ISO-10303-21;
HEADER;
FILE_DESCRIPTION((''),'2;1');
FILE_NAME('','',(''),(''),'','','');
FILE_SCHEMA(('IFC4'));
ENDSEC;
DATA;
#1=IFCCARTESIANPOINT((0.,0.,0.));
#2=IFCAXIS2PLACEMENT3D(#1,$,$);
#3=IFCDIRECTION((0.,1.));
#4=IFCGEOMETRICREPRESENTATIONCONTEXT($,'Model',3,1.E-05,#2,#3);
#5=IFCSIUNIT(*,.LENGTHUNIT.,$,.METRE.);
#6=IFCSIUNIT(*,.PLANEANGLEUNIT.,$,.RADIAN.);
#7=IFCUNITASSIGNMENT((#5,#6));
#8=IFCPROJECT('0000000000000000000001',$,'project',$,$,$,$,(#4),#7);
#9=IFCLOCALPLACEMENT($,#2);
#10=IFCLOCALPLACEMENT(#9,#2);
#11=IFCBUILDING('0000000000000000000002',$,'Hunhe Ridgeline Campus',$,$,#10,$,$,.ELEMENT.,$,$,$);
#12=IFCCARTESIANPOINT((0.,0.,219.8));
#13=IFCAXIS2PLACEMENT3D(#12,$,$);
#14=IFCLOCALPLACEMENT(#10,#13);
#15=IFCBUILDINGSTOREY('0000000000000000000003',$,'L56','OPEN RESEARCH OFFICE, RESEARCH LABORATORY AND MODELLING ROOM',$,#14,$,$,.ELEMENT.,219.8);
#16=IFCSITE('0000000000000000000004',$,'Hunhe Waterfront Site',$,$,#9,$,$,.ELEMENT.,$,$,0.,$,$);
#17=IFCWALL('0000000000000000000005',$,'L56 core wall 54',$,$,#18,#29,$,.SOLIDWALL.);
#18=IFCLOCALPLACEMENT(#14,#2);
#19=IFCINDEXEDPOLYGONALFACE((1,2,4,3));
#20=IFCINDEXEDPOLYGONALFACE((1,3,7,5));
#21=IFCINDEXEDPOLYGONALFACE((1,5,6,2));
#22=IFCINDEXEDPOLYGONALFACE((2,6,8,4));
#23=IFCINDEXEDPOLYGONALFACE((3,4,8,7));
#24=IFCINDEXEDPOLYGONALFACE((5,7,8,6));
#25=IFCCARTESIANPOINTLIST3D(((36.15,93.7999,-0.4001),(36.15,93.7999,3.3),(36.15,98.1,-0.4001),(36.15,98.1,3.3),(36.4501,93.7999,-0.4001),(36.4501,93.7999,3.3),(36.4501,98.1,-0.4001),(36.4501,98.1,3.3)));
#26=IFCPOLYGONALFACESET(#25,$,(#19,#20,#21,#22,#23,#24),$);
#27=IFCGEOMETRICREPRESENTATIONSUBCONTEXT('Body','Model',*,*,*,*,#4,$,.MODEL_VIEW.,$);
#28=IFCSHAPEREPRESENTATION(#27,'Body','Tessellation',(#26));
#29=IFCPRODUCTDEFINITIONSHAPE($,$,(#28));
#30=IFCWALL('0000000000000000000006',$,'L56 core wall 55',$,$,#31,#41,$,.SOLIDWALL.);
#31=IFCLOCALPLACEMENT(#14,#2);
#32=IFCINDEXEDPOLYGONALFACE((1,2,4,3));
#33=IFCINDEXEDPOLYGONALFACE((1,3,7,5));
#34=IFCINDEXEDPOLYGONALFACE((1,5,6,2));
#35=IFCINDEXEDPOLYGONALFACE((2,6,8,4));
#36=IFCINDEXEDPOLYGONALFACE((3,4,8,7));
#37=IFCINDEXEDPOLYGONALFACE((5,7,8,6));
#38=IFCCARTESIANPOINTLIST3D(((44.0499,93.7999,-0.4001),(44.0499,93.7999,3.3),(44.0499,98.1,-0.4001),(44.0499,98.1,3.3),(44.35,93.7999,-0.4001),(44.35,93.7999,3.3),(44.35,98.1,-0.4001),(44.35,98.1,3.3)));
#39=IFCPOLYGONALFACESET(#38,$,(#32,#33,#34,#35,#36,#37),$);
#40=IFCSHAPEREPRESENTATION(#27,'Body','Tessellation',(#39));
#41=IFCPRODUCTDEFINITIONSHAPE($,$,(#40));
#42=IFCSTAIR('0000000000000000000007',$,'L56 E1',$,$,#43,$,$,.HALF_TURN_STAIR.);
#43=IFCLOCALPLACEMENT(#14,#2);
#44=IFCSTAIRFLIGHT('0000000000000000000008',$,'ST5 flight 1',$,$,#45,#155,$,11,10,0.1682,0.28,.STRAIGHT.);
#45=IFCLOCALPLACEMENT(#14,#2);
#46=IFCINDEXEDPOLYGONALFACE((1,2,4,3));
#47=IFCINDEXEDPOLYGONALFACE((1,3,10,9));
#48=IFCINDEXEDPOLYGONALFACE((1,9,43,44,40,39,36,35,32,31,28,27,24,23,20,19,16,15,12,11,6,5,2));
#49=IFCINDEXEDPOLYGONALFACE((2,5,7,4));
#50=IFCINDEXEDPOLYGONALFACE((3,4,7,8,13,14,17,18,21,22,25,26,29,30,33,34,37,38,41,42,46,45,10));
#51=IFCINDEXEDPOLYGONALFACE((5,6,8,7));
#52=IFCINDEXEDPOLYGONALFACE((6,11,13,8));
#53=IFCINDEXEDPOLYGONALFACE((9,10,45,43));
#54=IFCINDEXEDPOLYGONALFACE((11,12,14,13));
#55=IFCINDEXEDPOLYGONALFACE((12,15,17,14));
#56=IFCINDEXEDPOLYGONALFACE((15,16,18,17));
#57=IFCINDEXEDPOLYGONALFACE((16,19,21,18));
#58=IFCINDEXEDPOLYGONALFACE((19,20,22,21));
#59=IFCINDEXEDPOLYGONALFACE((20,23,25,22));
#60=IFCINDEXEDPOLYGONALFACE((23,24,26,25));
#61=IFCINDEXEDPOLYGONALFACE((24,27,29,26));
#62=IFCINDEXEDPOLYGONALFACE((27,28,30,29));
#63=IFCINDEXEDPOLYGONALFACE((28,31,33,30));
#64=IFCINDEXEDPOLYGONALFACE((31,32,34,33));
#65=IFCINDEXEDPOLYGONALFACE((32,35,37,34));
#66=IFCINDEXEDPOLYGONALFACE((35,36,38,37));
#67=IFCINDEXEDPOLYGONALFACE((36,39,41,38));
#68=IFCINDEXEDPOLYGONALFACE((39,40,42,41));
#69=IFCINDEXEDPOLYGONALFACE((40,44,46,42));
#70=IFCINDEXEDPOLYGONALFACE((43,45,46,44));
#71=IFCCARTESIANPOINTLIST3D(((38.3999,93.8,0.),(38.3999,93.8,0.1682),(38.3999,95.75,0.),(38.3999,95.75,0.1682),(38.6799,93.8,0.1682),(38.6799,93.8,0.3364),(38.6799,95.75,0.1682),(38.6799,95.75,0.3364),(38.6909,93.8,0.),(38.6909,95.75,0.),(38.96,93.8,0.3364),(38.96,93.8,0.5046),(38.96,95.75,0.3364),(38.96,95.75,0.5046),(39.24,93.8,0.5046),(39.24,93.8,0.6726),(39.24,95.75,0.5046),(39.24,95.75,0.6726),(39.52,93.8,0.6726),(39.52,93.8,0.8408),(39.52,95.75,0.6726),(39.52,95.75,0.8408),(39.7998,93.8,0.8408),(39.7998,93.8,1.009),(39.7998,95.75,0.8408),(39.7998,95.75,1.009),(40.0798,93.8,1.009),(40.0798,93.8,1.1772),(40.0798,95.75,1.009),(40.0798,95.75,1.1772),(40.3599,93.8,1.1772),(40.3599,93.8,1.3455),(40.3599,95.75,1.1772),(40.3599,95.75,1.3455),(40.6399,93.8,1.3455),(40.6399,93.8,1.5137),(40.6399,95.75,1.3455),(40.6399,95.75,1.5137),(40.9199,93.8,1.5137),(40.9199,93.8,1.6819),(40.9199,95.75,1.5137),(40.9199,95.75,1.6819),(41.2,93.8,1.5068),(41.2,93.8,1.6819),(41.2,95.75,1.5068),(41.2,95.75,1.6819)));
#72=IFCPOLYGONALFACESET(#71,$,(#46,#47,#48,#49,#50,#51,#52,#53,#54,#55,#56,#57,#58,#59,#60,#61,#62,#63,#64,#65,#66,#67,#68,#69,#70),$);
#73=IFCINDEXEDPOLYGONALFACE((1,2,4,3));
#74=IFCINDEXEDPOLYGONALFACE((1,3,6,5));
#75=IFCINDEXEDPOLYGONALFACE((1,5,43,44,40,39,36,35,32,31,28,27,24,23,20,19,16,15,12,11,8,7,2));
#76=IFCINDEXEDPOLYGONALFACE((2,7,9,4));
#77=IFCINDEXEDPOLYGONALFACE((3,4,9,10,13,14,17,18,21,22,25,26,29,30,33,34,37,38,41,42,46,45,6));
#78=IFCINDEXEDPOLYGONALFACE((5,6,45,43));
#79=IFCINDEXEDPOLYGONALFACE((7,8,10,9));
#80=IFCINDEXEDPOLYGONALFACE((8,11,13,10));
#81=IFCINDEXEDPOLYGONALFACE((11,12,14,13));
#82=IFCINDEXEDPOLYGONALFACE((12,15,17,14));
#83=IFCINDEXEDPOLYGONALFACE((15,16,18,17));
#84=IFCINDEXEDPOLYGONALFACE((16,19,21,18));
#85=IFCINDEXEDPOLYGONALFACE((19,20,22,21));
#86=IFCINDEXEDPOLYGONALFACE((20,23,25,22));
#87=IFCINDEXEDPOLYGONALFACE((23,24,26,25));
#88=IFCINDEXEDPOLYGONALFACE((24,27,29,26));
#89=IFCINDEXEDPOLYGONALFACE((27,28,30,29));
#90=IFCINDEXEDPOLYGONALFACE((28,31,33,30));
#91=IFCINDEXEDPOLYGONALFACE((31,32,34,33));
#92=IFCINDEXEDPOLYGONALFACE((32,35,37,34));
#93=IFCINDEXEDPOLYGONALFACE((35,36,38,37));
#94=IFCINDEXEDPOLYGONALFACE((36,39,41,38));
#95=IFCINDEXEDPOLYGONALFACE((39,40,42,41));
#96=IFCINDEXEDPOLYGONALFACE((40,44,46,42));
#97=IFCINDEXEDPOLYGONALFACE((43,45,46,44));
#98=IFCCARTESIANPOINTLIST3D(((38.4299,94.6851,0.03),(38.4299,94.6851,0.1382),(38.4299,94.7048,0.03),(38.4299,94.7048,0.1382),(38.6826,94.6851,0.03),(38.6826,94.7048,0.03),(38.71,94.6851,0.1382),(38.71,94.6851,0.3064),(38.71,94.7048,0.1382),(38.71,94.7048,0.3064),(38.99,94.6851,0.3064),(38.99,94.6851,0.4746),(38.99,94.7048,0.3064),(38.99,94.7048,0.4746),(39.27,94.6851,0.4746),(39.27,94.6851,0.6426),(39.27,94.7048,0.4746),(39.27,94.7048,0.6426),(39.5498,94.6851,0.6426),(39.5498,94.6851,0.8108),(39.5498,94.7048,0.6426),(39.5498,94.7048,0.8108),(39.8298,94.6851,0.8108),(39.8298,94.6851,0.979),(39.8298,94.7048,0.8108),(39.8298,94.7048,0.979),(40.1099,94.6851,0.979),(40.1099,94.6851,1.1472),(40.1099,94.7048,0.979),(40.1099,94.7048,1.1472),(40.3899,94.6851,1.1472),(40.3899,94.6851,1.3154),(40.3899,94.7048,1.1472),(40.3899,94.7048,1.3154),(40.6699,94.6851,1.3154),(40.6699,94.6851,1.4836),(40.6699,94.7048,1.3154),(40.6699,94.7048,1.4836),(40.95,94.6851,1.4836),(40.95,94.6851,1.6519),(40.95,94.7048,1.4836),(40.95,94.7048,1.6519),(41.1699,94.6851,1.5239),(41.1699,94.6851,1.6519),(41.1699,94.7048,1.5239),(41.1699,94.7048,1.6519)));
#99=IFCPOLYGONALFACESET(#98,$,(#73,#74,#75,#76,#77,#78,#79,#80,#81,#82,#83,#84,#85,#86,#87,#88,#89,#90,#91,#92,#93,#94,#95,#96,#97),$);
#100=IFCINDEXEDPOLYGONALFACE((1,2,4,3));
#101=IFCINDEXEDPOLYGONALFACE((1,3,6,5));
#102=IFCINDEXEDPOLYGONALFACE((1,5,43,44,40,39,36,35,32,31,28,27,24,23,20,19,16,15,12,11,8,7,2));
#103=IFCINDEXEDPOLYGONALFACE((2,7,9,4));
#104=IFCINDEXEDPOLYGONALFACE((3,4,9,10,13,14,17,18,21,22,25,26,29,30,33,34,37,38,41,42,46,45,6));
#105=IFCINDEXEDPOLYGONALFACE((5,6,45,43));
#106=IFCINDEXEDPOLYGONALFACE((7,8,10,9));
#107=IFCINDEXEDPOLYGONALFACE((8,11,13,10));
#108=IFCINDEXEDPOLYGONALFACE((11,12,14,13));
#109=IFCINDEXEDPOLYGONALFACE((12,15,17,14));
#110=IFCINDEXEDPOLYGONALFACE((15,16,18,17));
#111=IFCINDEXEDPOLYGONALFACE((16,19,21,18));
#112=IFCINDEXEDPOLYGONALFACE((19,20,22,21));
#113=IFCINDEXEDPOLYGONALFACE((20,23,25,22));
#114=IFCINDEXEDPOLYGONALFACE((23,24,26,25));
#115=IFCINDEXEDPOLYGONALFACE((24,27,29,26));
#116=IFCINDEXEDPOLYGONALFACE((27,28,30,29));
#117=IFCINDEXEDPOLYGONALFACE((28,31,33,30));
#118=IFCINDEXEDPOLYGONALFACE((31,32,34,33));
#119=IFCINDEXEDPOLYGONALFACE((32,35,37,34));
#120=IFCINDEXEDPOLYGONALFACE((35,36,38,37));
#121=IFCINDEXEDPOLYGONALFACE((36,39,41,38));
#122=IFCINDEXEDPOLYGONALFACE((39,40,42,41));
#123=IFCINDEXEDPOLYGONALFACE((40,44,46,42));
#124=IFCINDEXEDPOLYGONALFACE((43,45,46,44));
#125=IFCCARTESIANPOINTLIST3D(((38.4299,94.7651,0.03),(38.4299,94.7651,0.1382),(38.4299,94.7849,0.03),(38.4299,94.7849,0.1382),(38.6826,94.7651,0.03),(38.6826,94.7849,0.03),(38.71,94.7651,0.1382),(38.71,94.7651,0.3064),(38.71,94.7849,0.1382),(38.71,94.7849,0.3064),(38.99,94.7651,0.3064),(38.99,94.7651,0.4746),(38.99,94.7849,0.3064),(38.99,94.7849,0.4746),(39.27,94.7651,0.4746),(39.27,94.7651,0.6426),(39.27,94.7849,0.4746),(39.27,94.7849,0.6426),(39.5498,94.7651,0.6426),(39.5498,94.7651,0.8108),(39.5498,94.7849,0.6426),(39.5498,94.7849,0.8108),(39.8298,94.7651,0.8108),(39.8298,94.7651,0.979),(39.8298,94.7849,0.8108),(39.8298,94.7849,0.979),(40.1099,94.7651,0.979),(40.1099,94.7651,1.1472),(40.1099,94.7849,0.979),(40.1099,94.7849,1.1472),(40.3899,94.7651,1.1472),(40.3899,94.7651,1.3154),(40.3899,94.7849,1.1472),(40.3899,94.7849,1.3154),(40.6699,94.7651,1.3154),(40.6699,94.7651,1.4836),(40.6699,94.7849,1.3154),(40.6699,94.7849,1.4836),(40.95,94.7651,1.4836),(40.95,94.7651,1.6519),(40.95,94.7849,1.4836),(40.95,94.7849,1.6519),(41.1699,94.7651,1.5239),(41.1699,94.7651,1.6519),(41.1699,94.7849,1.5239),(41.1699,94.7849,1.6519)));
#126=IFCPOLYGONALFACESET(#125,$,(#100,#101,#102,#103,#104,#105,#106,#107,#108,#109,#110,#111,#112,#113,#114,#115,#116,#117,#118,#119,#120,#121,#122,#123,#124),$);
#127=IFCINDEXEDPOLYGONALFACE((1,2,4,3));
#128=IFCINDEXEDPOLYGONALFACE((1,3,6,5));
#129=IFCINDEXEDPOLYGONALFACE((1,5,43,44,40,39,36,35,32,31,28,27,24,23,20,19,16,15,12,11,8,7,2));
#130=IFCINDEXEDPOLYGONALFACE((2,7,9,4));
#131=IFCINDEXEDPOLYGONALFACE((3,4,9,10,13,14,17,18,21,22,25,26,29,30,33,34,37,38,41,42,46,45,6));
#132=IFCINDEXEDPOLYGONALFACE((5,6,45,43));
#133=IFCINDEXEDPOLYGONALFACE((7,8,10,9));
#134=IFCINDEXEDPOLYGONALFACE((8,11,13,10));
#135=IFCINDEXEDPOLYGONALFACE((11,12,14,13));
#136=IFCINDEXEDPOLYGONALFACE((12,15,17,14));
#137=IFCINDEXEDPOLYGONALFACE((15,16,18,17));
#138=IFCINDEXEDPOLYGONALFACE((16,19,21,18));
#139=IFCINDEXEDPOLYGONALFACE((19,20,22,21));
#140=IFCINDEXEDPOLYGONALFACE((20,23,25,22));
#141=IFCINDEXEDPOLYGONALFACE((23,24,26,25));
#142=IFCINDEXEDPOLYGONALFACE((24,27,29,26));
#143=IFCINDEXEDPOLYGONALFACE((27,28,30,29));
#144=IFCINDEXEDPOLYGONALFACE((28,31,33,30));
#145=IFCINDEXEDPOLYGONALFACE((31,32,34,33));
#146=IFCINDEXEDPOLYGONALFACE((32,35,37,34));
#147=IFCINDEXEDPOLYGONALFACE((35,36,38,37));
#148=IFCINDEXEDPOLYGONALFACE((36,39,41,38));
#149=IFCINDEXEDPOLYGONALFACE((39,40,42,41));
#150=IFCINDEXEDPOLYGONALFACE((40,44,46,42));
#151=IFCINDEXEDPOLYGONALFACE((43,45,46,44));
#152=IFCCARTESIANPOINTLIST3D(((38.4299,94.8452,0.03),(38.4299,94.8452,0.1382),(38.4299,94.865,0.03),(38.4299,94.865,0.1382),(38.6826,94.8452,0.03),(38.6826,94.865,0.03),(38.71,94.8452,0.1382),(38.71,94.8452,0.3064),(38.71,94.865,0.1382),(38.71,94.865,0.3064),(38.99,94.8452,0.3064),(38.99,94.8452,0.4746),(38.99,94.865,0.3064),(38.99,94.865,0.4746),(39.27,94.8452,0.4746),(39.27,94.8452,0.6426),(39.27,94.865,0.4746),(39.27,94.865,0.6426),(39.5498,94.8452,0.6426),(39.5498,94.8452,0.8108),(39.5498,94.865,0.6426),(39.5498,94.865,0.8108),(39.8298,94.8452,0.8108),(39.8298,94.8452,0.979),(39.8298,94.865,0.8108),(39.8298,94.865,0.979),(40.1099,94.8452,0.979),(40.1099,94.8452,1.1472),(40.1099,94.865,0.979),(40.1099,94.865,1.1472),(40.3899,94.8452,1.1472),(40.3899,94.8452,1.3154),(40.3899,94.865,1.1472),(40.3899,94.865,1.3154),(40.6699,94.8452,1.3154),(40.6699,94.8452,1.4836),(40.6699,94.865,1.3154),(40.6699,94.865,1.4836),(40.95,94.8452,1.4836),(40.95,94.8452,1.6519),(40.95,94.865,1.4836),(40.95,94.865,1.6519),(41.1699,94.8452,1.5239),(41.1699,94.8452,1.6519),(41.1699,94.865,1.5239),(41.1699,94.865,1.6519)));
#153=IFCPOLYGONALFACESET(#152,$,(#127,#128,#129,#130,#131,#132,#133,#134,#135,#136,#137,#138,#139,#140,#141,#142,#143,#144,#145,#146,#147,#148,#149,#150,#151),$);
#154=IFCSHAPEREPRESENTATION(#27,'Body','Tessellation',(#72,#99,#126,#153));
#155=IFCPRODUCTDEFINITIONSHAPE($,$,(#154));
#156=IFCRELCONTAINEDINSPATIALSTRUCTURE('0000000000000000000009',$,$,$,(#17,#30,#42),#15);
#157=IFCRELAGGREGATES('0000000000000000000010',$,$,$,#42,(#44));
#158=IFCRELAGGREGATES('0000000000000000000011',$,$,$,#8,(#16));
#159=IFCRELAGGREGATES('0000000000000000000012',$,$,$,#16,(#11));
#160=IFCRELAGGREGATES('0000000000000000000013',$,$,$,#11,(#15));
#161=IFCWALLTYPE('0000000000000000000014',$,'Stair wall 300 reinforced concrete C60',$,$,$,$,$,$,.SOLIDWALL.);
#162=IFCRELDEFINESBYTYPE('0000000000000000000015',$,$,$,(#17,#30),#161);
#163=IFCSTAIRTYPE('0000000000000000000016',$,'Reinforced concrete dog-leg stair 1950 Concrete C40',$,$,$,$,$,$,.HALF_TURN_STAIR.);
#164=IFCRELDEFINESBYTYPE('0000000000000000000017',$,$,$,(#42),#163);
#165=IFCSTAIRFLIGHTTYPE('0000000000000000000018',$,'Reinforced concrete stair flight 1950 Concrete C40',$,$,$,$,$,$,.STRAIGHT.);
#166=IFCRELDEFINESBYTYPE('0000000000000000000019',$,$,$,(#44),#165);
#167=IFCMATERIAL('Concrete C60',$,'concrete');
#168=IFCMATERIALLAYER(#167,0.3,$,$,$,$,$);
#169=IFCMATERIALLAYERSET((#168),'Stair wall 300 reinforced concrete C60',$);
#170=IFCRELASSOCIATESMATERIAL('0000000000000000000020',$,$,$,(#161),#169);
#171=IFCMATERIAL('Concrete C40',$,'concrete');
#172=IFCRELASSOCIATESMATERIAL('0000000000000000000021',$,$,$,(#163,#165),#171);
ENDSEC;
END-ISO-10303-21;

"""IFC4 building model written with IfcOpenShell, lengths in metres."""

from ifc_helpers import new_model, si_unit, direction, frame, frame_2d, origin, place, context, subcontext, project, spatial, polyline, rectangle, outline, extrude, material, layer, layer_set, type_object, element, aggregate, save


model = new_model("IFC4")

# Units and contexts
model_context = context("Model", 3, precision=1e-05, world=origin(), true_north=direction((0.0, 1.0)))
body_context = subcontext(model_context, "Body", "Model", "MODEL_VIEW")
ifc_project = project(units=[si_unit("LENGTHUNIT", "METRE"), si_unit("PLANEANGLEUNIT", "RADIAN")], contexts=[model_context])

# Site, building, storey
site_placement = place(None, origin())
site = spatial("IfcSite", under=ifc_project, at=site_placement, Name="Hunhe Waterfront Site", CompositionType="ELEMENT", RefElevation=0.0)
building_placement = place(site_placement, origin())
building = spatial("IfcBuilding", under=site, at=building_placement, Name="Hunhe Ridgeline Campus", CompositionType="ELEMENT")
storey_placement = place(building_placement, frame((0.0, 0.0, 219.8)))
storey = spatial("IfcBuildingStorey", under=building, at=storey_placement, Name="L56", Description="OPEN RESEARCH OFFICE, RESEARCH LABORATORY AND MODELLING ROOM", CompositionType="ELEMENT", Elevation=219.8)

# Shared definitions
ifc_material_1 = material(Name="Concrete C60", Category="concrete")

# Shared definitions
ifc_layer_1 = layer(ifc_material_1, 0.3)
ifc_layer_set_1 = layer_set([ifc_layer_1], Name="Stair wall 300 reinforced concrete C60")
wall_type_1 = type_object("IfcWallType", Name="Stair wall 300 reinforced concrete C60", PredefinedType="SOLIDWALL", material=ifc_layer_set_1)

# Walls
for number, where, z_axis, x_axis, name in (
    (1, (36.3, 93.8, -0.4001), (0.0, 0.0, 1.0), (0.0, 1.0, 0.0), "L56 core wall 54"),
    (2, (44.2, 93.8, -0.4001), (0.0, 0.0, 1.0), (0.0, 1.0, 0.0), "L56 core wall 55"),
):
    element("IfcWall", number, at=place(storey_placement, frame(where, z_axis=z_axis, x_axis=x_axis)), inside=storey, type_object=wall_type_1, Name=name, PredefinedType="SOLIDWALL", context=body_context, shape_type="SweptSolid", body=[
        extrude(rectangle(XDim=4.3, YDim=0.3, at=frame_2d((2.1499, 0.0))), origin(), (0.0, 0.0, 1.0), 3.7002),
    ])

# Stair, stair flight
ifc_material_2 = material(Name="Concrete C40", Category="concrete")
stair_type = type_object("IfcStairType", Name="Reinforced concrete dog-leg stair 1950 Concrete C40", PredefinedType="HALF_TURN_STAIR", material=ifc_material_2)
stair_placement = place(storey_placement, origin())
stair = element("IfcStair", 3, at=stair_placement, inside=storey, type_object=stair_type, Name="L56 E1", PredefinedType="HALF_TURN_STAIR")
stair_flight_type = type_object("IfcStairFlightType", Name="Reinforced concrete stair flight 1950 Concrete C40", PredefinedType="STRAIGHT", material=ifc_material_2)
stair_flight_1_placement = place(storey_placement, frame((38.3999, 94.7749, 0.0), z_axis=(0.0, 0.0, 1.0), x_axis=(1.0, 0.0, 0.0)))
stair_flight_1 = element("IfcStairFlight", 4, at=stair_flight_1_placement, type_object=stair_flight_type, Name="ST5 flight 1", NumberOfRisers=11, NumberOfTreads=10, PredefinedType="STRAIGHT", RiserHeight=0.1682, TreadLength=0.28, context=body_context, shape_type="SweptSolid", body=[
    extrude(outline(polyline([(0.0, 0.0), (0.0, 0.1682), (0.28, 0.1682), (0.28, 0.3364), (0.5601, 0.3364), (0.5601, 0.5046), (0.8401, 0.5046), (0.8401, 0.6726), (1.1201, 0.6726), (1.1201, 0.8408), (1.3999, 0.8408), (1.3999, 1.009), (1.6799, 1.009), (1.6799, 1.1772), (1.96, 1.1772), (1.96, 1.3455), (2.24, 1.3455), (2.24, 1.5137), (2.52, 1.5137), (2.52, 1.6819), (2.8, 1.6819), (2.8, 1.8501), (2.8, 1.5068), (0.291, 0.0), (0.0, 0.0)])), frame((0.0, 0.9751, 0.0), z_axis=(0.0, -1.0, 0.0), x_axis=(1.0, 0.0, 0.0)), (0.0, 0.0, 1.0), 1.95),
    extrude(outline(polyline([(0.03, 0.03), (0.03, 0.1382), (0.3101, 0.1382), (0.3101, 0.3064), (0.5901, 0.3064), (0.5901, 0.4746), (0.8701, 0.4746), (0.8701, 0.6426), (1.1499, 0.6426), (1.1499, 0.8108), (1.4299, 0.8108), (1.4299, 0.979), (1.71, 0.979), (1.71, 1.1472), (1.99, 1.1472), (1.99, 1.3154), (2.27, 1.3154), (2.27, 1.4836), (2.55, 1.4836), (2.55, 1.6519), (2.77, 1.6519), (2.77, 1.5239), (0.2827, 0.03), (0.03, 0.03)])), frame((0.0, -0.0701, 0.0), z_axis=(0.0, -1.0, 0.0), x_axis=(1.0, 0.0, 0.0)), (0.0, 0.0, 1.0), 0.0198),
    extrude(outline(polyline([(0.03, 0.03), (0.03, 0.1382), (0.3101, 0.1382), (0.3101, 0.3064), (0.5901, 0.3064), (0.5901, 0.4746), (0.8701, 0.4746), (0.8701, 0.6426), (1.1499, 0.6426), (1.1499, 0.8108), (1.4299, 0.8108), (1.4299, 0.979), (1.71, 0.979), (1.71, 1.1472), (1.99, 1.1472), (1.99, 1.3154), (2.27, 1.3154), (2.27, 1.4836), (2.55, 1.4836), (2.55, 1.6519), (2.77, 1.6519), (2.77, 1.5239), (0.2827, 0.03), (0.03, 0.03)])), frame((0.0, 0.01, 0.0), z_axis=(0.0, -1.0, 0.0), x_axis=(1.0, 0.0, 0.0)), (0.0, 0.0, 1.0), 0.0198),
    extrude(outline(polyline([(0.03, 0.03), (0.03, 0.1382), (0.3101, 0.1382), (0.3101, 0.3064), (0.5901, 0.3064), (0.5901, 0.4746), (0.8701, 0.4746), (0.8701, 0.6426), (1.1499, 0.6426), (1.1499, 0.8108), (1.4299, 0.8108), (1.4299, 0.979), (1.71, 0.979), (1.71, 1.1472), (1.99, 1.1472), (1.99, 1.3154), (2.27, 1.3154), (2.27, 1.4836), (2.55, 1.4836), (2.55, 1.6519), (2.77, 1.6519), (2.77, 1.5239), (0.2827, 0.03), (0.03, 0.03)])), frame((0.0, 0.0901, 0.0), z_axis=(0.0, -1.0, 0.0), x_axis=(1.0, 0.0, 0.0)), (0.0, 0.0, 1.0), 0.0198),
])
aggregate(stair, [stair_flight_1])

save(model, "model.ifc")
